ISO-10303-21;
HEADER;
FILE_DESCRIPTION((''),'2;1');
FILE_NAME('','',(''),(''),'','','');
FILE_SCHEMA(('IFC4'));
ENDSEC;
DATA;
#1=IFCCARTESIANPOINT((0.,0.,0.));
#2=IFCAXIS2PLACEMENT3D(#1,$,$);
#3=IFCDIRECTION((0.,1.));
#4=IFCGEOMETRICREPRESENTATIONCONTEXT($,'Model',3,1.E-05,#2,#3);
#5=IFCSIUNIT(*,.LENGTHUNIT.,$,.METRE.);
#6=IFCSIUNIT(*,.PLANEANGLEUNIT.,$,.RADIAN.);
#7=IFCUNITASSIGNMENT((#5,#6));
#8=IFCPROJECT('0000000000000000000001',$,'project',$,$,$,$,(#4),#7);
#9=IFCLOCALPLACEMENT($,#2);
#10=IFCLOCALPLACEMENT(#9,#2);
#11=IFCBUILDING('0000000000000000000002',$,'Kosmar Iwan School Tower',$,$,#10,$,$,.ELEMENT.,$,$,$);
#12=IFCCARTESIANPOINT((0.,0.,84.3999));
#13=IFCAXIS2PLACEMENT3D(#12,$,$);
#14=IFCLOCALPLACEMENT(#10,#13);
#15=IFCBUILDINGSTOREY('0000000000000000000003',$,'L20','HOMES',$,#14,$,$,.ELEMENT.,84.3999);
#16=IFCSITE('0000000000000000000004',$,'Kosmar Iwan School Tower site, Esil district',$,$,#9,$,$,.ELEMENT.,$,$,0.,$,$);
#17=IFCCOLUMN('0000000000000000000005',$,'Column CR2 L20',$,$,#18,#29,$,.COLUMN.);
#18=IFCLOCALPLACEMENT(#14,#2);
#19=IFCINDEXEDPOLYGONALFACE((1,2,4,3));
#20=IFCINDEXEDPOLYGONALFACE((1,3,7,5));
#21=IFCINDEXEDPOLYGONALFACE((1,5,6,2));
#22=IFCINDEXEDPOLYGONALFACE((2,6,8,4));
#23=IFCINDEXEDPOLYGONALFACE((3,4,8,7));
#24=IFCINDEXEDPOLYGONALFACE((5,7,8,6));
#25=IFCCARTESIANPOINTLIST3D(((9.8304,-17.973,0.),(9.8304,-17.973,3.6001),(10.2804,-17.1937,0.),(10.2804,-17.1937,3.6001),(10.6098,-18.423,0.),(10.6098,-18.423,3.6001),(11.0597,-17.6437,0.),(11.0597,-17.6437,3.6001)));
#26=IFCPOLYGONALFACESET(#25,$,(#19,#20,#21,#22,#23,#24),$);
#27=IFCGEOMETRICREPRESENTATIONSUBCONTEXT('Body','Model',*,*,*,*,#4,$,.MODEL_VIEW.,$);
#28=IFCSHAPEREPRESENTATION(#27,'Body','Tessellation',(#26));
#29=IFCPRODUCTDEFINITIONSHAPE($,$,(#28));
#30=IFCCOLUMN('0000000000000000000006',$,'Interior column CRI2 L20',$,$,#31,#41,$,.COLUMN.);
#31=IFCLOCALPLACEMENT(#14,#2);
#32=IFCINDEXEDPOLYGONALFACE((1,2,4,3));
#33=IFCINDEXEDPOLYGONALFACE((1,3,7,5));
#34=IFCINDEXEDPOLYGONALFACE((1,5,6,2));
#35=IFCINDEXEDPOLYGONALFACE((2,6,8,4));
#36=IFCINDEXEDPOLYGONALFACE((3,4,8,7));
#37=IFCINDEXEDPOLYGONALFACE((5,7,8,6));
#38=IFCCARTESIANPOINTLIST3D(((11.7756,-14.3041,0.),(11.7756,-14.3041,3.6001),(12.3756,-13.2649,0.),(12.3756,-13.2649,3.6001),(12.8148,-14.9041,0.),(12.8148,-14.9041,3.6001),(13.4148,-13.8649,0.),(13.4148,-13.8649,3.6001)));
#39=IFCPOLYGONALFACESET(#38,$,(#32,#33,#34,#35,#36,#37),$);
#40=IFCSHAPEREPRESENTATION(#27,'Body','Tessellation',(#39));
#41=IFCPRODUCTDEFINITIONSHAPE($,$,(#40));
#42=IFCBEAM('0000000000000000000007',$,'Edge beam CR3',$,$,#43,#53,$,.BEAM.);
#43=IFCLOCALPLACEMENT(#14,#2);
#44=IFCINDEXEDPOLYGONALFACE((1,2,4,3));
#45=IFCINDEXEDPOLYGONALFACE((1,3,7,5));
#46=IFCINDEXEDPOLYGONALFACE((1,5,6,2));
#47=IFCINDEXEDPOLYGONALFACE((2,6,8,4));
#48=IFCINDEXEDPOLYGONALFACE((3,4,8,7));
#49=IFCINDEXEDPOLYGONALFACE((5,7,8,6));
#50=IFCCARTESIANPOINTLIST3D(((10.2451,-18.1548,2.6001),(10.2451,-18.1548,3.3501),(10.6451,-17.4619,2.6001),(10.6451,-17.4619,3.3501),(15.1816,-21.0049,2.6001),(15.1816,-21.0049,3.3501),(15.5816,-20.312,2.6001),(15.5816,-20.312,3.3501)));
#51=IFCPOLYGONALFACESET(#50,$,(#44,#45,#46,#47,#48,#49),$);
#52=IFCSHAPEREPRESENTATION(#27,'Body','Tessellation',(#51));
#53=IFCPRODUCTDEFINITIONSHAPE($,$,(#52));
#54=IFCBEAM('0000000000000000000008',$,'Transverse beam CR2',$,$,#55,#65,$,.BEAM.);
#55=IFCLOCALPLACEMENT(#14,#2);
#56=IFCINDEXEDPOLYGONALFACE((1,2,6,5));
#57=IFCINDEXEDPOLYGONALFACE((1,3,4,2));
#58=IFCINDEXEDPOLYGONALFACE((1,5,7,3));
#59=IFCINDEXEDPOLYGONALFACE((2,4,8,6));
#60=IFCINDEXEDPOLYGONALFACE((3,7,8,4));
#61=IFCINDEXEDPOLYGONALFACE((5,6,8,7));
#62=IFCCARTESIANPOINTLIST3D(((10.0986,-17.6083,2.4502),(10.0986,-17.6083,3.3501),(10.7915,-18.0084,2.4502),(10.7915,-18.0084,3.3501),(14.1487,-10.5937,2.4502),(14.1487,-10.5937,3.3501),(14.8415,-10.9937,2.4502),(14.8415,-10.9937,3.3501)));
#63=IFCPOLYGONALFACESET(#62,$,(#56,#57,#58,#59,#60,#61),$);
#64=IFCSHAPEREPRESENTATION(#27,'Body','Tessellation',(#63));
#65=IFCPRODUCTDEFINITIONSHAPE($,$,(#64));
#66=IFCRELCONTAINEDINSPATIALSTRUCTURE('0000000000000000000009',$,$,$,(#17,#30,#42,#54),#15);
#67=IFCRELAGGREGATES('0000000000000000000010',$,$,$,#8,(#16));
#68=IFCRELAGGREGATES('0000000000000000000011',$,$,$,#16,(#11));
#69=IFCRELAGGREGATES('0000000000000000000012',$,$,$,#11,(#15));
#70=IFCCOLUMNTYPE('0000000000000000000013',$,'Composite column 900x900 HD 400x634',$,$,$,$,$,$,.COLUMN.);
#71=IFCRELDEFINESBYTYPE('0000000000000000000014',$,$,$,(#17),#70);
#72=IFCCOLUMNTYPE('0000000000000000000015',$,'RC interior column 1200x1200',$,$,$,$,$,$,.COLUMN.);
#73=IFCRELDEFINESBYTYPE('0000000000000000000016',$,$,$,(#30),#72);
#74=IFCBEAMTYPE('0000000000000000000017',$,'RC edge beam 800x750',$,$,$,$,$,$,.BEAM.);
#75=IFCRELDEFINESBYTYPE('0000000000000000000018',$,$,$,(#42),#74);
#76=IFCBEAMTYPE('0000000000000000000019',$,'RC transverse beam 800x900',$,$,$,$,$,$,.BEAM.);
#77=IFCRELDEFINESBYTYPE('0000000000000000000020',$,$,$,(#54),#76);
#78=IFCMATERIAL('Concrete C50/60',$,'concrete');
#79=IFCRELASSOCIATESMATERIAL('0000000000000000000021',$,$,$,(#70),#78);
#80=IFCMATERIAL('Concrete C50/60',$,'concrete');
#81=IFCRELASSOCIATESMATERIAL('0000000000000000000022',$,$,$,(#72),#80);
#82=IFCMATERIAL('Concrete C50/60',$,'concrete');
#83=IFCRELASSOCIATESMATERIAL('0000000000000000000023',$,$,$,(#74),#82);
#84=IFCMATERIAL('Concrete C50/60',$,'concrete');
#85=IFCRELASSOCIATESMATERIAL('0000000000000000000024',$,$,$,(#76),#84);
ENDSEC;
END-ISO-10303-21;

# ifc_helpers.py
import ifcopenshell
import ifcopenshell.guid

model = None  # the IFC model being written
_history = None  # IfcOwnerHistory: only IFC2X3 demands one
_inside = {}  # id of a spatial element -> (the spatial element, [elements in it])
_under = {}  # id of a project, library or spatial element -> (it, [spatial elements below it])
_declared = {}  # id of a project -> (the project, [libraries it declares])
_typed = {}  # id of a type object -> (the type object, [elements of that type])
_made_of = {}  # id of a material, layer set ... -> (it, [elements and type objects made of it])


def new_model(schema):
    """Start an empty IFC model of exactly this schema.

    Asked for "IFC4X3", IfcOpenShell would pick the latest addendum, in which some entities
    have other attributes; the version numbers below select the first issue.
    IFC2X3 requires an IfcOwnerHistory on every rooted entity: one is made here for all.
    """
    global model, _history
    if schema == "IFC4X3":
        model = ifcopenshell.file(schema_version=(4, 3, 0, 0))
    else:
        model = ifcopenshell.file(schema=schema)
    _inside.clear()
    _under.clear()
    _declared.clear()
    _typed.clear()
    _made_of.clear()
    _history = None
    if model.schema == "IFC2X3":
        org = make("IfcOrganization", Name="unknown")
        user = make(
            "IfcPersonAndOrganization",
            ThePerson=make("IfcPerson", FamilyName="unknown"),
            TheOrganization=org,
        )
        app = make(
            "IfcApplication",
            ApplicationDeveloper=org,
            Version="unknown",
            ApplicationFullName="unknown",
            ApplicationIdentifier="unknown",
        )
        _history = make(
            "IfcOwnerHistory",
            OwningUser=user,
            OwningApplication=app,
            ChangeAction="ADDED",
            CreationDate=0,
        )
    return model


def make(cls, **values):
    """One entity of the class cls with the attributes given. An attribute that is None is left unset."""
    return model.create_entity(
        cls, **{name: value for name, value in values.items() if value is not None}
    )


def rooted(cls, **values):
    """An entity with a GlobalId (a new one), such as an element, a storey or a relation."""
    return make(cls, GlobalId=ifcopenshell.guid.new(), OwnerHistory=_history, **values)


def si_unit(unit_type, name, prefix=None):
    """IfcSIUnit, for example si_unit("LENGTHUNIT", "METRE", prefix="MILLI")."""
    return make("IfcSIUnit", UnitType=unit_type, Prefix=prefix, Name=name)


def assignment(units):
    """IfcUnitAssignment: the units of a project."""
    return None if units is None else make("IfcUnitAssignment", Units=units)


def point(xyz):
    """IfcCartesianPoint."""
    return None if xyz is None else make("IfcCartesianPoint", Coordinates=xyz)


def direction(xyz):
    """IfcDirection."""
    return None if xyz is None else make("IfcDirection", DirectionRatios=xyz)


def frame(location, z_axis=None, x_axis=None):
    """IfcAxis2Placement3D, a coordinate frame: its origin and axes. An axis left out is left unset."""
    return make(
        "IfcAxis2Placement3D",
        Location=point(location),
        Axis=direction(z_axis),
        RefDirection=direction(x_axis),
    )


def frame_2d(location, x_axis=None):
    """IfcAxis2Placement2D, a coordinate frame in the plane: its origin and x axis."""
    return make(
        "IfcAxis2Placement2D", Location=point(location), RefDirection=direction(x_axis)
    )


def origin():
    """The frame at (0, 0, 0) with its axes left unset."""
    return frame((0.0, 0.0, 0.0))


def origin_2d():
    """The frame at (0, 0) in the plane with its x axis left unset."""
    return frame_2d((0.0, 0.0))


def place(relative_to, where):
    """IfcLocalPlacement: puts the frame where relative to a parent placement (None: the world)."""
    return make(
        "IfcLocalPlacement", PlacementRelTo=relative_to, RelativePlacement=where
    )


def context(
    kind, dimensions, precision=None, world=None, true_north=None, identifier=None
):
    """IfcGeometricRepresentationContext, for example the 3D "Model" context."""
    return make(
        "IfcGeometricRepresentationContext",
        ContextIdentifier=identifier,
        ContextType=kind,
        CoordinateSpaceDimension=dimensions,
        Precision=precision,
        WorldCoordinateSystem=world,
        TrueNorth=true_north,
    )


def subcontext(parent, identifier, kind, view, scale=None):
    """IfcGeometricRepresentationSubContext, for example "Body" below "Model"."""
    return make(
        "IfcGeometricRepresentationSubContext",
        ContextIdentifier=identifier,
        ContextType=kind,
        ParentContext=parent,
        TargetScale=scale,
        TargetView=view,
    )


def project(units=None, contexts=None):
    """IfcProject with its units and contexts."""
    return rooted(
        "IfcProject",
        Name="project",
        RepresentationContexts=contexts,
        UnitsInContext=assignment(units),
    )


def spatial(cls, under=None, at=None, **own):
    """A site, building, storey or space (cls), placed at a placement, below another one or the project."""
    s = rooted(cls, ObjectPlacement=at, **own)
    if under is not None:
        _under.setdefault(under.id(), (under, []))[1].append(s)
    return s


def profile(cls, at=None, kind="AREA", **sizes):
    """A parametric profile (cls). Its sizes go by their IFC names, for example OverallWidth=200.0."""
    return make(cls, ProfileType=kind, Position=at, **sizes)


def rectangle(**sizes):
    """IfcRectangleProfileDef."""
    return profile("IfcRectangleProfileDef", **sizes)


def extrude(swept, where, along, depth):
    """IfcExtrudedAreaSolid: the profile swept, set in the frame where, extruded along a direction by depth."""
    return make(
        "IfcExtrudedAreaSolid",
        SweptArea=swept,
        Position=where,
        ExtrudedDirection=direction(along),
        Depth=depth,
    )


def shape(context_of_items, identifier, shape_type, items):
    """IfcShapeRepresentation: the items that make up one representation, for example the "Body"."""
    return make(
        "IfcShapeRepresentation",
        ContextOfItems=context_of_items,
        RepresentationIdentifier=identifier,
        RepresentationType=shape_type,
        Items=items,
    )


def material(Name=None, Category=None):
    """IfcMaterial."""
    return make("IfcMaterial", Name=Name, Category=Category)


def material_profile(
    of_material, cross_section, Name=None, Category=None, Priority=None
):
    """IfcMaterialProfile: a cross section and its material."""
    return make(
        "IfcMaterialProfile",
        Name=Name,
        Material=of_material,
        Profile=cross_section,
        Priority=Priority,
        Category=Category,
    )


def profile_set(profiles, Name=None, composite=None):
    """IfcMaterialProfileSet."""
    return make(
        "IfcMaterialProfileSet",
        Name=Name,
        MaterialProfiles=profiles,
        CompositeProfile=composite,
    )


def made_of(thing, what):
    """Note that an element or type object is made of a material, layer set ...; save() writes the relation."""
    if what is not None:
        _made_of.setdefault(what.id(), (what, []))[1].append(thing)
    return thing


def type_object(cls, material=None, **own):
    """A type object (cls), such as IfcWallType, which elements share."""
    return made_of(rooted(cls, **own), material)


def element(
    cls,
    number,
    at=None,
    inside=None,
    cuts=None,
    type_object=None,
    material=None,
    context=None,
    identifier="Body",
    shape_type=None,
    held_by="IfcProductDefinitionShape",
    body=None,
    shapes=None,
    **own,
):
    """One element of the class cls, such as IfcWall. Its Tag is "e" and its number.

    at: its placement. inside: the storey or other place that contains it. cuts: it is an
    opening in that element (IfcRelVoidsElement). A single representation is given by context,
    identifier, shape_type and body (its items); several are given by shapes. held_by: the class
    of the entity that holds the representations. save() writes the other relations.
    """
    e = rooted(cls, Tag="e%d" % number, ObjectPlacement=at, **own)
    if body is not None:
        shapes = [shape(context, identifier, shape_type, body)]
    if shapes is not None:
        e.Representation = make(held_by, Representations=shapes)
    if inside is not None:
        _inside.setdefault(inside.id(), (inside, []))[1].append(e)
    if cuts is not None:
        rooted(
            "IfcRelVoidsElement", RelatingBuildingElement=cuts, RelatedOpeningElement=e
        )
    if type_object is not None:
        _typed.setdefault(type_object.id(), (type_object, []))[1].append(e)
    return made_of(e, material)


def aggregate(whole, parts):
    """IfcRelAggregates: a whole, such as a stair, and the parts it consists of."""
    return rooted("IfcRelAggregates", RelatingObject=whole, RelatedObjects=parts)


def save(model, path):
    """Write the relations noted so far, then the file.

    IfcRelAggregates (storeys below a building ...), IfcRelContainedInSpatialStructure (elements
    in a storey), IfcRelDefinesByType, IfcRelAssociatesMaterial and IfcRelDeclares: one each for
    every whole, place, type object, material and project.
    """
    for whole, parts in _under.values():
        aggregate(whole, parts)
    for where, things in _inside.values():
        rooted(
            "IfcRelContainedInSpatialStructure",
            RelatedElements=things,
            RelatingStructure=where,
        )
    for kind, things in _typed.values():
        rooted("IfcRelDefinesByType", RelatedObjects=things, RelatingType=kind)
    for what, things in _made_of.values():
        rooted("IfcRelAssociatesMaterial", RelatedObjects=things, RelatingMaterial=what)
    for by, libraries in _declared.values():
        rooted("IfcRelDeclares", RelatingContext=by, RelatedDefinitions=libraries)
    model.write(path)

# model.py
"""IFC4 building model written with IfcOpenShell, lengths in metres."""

from ifc_helpers import new_model, si_unit, direction, frame, origin, origin_2d, place, context, subcontext, project, spatial, rectangle, extrude, material, material_profile, profile_set, type_object, element, save


model = new_model("IFC4")

# Units and contexts
model_context = context("Model", 3, precision=1e-05, world=origin(), true_north=direction((0.0, 1.0)))
body_context = subcontext(model_context, "Body", "Model", "MODEL_VIEW")
ifc_project = project(units=[si_unit("LENGTHUNIT", "METRE"), si_unit("PLANEANGLEUNIT", "RADIAN")], contexts=[model_context])

# Site, building, storey
site_placement = place(None, origin())
site = spatial("IfcSite", under=ifc_project, at=site_placement, Name="Kosmar Iwan School Tower site, Esil district", CompositionType="ELEMENT", RefElevation=0.0)
building_placement = place(site_placement, origin())
building = spatial("IfcBuilding", under=site, at=building_placement, Name="Kosmar Iwan School Tower", CompositionType="ELEMENT")
storey_placement = place(building_placement, frame((0.0, 0.0, 84.3999)))
storey = spatial("IfcBuildingStorey", under=building, at=storey_placement, Name="L20", Description="HOMES", CompositionType="ELEMENT", Elevation=84.3999)

# Columns
ifc_material_1 = material(Name="Concrete C50/60", Category="concrete")
ifc_material_profile_1 = material_profile(ifc_material_1, rectangle(XDim=0.8999, YDim=0.8999, at=origin_2d()), Name="RC 900x900 + HD 400x634")
ifc_profile_set_1 = profile_set([ifc_material_profile_1], Name="Concrete C50/60")
column_type_1 = type_object("IfcColumnType", Name="Composite column 900x900 HD 400x634", PredefinedType="COLUMN", material=ifc_profile_set_1)
column_1_placement = place(storey_placement, frame((10.4451, -17.8083, 0.0), z_axis=(0.0, 0.0, 1.0), x_axis=(0.866025, -0.5, 0.0)))
element("IfcColumn", 1, at=column_1_placement, inside=storey, type_object=column_type_1, Name="Column CR2 L20", PredefinedType="COLUMN", context=body_context, shape_type="SweptSolid", body=[
    extrude(rectangle(XDim=0.8999, YDim=0.8999, at=origin_2d()), origin(), (0.0, 0.0, 1.0), 3.6001),
])
ifc_material_2 = material(Name="Concrete C50/60", Category="concrete")
ifc_material_profile_2 = material_profile(ifc_material_2, rectangle(XDim=1.2, YDim=1.2, at=origin_2d()), Name="RC 1200x1200")
ifc_profile_set_2 = profile_set([ifc_material_profile_2], Name="Concrete C50/60")
column_type_2 = type_object("IfcColumnType", Name="RC interior column 1200x1200", PredefinedType="COLUMN", material=ifc_profile_set_2)
column_2_placement = place(storey_placement, frame((12.5952, -14.0845, 0.0), z_axis=(0.0, 0.0, 1.0), x_axis=(0.866025, -0.5, 0.0)))
element("IfcColumn", 2, at=column_2_placement, inside=storey, type_object=column_type_2, Name="Interior column CRI2 L20", PredefinedType="COLUMN", context=body_context, shape_type="SweptSolid", body=[
    extrude(rectangle(XDim=1.2, YDim=1.2, at=origin_2d()), origin(), (0.0, 0.0, 1.0), 3.6001),
])

# Beams
ifc_material_3 = material(Name="Concrete C50/60", Category="concrete")
ifc_material_profile_3 = material_profile(ifc_material_3, rectangle(XDim=0.8, YDim=0.75, at=origin_2d()), Name="RC 800x750")
ifc_profile_set_3 = profile_set([ifc_material_profile_3], Name="Concrete C50/60")
beam_type_1 = type_object("IfcBeamType", Name="RC edge beam 800x750", PredefinedType="BEAM", material=ifc_profile_set_3)
beam_1_placement = place(storey_placement, frame((10.4451, -17.8083, 2.9751), z_axis=(0.866026, -0.499999, 0.0), x_axis=(0.499999, 0.866026, 0.0)))
element("IfcBeam", 3, at=beam_1_placement, inside=storey, type_object=beam_type_1, Name="Edge beam CR3", PredefinedType="BEAM", context=body_context, shape_type="SweptSolid", body=[
    extrude(rectangle(XDim=0.8, YDim=0.75, at=origin_2d()), origin(), (0.0, 0.0, 1.0), 5.7002),
])
ifc_material_4 = material(Name="Concrete C50/60", Category="concrete")
ifc_material_profile_4 = material_profile(ifc_material_4, rectangle(XDim=0.8, YDim=0.8999, at=origin_2d()), Name="RC 800x900")
ifc_profile_set_4 = profile_set([ifc_material_profile_4], Name="Concrete C50/60")
beam_type_2 = type_object("IfcBeamType", Name="RC transverse beam 800x900", PredefinedType="BEAM", material=ifc_profile_set_4)
beam_2_placement = place(storey_placement, frame((10.4451, -17.8083, 2.9001), z_axis=(0.500013, 0.866018, 0.0), x_axis=(-0.866018, 0.500013, 0.0)))
element("IfcBeam", 4, at=beam_2_placement, inside=storey, type_object=beam_type_2, Name="Transverse beam CR2", PredefinedType="BEAM", context=body_context, shape_type="SweptSolid", body=[
    extrude(rectangle(XDim=0.8, YDim=0.8999, at=origin_2d()), origin(), (0.0, 0.0, 1.0), 8.0999),
])

save(model, "model.ifc")
